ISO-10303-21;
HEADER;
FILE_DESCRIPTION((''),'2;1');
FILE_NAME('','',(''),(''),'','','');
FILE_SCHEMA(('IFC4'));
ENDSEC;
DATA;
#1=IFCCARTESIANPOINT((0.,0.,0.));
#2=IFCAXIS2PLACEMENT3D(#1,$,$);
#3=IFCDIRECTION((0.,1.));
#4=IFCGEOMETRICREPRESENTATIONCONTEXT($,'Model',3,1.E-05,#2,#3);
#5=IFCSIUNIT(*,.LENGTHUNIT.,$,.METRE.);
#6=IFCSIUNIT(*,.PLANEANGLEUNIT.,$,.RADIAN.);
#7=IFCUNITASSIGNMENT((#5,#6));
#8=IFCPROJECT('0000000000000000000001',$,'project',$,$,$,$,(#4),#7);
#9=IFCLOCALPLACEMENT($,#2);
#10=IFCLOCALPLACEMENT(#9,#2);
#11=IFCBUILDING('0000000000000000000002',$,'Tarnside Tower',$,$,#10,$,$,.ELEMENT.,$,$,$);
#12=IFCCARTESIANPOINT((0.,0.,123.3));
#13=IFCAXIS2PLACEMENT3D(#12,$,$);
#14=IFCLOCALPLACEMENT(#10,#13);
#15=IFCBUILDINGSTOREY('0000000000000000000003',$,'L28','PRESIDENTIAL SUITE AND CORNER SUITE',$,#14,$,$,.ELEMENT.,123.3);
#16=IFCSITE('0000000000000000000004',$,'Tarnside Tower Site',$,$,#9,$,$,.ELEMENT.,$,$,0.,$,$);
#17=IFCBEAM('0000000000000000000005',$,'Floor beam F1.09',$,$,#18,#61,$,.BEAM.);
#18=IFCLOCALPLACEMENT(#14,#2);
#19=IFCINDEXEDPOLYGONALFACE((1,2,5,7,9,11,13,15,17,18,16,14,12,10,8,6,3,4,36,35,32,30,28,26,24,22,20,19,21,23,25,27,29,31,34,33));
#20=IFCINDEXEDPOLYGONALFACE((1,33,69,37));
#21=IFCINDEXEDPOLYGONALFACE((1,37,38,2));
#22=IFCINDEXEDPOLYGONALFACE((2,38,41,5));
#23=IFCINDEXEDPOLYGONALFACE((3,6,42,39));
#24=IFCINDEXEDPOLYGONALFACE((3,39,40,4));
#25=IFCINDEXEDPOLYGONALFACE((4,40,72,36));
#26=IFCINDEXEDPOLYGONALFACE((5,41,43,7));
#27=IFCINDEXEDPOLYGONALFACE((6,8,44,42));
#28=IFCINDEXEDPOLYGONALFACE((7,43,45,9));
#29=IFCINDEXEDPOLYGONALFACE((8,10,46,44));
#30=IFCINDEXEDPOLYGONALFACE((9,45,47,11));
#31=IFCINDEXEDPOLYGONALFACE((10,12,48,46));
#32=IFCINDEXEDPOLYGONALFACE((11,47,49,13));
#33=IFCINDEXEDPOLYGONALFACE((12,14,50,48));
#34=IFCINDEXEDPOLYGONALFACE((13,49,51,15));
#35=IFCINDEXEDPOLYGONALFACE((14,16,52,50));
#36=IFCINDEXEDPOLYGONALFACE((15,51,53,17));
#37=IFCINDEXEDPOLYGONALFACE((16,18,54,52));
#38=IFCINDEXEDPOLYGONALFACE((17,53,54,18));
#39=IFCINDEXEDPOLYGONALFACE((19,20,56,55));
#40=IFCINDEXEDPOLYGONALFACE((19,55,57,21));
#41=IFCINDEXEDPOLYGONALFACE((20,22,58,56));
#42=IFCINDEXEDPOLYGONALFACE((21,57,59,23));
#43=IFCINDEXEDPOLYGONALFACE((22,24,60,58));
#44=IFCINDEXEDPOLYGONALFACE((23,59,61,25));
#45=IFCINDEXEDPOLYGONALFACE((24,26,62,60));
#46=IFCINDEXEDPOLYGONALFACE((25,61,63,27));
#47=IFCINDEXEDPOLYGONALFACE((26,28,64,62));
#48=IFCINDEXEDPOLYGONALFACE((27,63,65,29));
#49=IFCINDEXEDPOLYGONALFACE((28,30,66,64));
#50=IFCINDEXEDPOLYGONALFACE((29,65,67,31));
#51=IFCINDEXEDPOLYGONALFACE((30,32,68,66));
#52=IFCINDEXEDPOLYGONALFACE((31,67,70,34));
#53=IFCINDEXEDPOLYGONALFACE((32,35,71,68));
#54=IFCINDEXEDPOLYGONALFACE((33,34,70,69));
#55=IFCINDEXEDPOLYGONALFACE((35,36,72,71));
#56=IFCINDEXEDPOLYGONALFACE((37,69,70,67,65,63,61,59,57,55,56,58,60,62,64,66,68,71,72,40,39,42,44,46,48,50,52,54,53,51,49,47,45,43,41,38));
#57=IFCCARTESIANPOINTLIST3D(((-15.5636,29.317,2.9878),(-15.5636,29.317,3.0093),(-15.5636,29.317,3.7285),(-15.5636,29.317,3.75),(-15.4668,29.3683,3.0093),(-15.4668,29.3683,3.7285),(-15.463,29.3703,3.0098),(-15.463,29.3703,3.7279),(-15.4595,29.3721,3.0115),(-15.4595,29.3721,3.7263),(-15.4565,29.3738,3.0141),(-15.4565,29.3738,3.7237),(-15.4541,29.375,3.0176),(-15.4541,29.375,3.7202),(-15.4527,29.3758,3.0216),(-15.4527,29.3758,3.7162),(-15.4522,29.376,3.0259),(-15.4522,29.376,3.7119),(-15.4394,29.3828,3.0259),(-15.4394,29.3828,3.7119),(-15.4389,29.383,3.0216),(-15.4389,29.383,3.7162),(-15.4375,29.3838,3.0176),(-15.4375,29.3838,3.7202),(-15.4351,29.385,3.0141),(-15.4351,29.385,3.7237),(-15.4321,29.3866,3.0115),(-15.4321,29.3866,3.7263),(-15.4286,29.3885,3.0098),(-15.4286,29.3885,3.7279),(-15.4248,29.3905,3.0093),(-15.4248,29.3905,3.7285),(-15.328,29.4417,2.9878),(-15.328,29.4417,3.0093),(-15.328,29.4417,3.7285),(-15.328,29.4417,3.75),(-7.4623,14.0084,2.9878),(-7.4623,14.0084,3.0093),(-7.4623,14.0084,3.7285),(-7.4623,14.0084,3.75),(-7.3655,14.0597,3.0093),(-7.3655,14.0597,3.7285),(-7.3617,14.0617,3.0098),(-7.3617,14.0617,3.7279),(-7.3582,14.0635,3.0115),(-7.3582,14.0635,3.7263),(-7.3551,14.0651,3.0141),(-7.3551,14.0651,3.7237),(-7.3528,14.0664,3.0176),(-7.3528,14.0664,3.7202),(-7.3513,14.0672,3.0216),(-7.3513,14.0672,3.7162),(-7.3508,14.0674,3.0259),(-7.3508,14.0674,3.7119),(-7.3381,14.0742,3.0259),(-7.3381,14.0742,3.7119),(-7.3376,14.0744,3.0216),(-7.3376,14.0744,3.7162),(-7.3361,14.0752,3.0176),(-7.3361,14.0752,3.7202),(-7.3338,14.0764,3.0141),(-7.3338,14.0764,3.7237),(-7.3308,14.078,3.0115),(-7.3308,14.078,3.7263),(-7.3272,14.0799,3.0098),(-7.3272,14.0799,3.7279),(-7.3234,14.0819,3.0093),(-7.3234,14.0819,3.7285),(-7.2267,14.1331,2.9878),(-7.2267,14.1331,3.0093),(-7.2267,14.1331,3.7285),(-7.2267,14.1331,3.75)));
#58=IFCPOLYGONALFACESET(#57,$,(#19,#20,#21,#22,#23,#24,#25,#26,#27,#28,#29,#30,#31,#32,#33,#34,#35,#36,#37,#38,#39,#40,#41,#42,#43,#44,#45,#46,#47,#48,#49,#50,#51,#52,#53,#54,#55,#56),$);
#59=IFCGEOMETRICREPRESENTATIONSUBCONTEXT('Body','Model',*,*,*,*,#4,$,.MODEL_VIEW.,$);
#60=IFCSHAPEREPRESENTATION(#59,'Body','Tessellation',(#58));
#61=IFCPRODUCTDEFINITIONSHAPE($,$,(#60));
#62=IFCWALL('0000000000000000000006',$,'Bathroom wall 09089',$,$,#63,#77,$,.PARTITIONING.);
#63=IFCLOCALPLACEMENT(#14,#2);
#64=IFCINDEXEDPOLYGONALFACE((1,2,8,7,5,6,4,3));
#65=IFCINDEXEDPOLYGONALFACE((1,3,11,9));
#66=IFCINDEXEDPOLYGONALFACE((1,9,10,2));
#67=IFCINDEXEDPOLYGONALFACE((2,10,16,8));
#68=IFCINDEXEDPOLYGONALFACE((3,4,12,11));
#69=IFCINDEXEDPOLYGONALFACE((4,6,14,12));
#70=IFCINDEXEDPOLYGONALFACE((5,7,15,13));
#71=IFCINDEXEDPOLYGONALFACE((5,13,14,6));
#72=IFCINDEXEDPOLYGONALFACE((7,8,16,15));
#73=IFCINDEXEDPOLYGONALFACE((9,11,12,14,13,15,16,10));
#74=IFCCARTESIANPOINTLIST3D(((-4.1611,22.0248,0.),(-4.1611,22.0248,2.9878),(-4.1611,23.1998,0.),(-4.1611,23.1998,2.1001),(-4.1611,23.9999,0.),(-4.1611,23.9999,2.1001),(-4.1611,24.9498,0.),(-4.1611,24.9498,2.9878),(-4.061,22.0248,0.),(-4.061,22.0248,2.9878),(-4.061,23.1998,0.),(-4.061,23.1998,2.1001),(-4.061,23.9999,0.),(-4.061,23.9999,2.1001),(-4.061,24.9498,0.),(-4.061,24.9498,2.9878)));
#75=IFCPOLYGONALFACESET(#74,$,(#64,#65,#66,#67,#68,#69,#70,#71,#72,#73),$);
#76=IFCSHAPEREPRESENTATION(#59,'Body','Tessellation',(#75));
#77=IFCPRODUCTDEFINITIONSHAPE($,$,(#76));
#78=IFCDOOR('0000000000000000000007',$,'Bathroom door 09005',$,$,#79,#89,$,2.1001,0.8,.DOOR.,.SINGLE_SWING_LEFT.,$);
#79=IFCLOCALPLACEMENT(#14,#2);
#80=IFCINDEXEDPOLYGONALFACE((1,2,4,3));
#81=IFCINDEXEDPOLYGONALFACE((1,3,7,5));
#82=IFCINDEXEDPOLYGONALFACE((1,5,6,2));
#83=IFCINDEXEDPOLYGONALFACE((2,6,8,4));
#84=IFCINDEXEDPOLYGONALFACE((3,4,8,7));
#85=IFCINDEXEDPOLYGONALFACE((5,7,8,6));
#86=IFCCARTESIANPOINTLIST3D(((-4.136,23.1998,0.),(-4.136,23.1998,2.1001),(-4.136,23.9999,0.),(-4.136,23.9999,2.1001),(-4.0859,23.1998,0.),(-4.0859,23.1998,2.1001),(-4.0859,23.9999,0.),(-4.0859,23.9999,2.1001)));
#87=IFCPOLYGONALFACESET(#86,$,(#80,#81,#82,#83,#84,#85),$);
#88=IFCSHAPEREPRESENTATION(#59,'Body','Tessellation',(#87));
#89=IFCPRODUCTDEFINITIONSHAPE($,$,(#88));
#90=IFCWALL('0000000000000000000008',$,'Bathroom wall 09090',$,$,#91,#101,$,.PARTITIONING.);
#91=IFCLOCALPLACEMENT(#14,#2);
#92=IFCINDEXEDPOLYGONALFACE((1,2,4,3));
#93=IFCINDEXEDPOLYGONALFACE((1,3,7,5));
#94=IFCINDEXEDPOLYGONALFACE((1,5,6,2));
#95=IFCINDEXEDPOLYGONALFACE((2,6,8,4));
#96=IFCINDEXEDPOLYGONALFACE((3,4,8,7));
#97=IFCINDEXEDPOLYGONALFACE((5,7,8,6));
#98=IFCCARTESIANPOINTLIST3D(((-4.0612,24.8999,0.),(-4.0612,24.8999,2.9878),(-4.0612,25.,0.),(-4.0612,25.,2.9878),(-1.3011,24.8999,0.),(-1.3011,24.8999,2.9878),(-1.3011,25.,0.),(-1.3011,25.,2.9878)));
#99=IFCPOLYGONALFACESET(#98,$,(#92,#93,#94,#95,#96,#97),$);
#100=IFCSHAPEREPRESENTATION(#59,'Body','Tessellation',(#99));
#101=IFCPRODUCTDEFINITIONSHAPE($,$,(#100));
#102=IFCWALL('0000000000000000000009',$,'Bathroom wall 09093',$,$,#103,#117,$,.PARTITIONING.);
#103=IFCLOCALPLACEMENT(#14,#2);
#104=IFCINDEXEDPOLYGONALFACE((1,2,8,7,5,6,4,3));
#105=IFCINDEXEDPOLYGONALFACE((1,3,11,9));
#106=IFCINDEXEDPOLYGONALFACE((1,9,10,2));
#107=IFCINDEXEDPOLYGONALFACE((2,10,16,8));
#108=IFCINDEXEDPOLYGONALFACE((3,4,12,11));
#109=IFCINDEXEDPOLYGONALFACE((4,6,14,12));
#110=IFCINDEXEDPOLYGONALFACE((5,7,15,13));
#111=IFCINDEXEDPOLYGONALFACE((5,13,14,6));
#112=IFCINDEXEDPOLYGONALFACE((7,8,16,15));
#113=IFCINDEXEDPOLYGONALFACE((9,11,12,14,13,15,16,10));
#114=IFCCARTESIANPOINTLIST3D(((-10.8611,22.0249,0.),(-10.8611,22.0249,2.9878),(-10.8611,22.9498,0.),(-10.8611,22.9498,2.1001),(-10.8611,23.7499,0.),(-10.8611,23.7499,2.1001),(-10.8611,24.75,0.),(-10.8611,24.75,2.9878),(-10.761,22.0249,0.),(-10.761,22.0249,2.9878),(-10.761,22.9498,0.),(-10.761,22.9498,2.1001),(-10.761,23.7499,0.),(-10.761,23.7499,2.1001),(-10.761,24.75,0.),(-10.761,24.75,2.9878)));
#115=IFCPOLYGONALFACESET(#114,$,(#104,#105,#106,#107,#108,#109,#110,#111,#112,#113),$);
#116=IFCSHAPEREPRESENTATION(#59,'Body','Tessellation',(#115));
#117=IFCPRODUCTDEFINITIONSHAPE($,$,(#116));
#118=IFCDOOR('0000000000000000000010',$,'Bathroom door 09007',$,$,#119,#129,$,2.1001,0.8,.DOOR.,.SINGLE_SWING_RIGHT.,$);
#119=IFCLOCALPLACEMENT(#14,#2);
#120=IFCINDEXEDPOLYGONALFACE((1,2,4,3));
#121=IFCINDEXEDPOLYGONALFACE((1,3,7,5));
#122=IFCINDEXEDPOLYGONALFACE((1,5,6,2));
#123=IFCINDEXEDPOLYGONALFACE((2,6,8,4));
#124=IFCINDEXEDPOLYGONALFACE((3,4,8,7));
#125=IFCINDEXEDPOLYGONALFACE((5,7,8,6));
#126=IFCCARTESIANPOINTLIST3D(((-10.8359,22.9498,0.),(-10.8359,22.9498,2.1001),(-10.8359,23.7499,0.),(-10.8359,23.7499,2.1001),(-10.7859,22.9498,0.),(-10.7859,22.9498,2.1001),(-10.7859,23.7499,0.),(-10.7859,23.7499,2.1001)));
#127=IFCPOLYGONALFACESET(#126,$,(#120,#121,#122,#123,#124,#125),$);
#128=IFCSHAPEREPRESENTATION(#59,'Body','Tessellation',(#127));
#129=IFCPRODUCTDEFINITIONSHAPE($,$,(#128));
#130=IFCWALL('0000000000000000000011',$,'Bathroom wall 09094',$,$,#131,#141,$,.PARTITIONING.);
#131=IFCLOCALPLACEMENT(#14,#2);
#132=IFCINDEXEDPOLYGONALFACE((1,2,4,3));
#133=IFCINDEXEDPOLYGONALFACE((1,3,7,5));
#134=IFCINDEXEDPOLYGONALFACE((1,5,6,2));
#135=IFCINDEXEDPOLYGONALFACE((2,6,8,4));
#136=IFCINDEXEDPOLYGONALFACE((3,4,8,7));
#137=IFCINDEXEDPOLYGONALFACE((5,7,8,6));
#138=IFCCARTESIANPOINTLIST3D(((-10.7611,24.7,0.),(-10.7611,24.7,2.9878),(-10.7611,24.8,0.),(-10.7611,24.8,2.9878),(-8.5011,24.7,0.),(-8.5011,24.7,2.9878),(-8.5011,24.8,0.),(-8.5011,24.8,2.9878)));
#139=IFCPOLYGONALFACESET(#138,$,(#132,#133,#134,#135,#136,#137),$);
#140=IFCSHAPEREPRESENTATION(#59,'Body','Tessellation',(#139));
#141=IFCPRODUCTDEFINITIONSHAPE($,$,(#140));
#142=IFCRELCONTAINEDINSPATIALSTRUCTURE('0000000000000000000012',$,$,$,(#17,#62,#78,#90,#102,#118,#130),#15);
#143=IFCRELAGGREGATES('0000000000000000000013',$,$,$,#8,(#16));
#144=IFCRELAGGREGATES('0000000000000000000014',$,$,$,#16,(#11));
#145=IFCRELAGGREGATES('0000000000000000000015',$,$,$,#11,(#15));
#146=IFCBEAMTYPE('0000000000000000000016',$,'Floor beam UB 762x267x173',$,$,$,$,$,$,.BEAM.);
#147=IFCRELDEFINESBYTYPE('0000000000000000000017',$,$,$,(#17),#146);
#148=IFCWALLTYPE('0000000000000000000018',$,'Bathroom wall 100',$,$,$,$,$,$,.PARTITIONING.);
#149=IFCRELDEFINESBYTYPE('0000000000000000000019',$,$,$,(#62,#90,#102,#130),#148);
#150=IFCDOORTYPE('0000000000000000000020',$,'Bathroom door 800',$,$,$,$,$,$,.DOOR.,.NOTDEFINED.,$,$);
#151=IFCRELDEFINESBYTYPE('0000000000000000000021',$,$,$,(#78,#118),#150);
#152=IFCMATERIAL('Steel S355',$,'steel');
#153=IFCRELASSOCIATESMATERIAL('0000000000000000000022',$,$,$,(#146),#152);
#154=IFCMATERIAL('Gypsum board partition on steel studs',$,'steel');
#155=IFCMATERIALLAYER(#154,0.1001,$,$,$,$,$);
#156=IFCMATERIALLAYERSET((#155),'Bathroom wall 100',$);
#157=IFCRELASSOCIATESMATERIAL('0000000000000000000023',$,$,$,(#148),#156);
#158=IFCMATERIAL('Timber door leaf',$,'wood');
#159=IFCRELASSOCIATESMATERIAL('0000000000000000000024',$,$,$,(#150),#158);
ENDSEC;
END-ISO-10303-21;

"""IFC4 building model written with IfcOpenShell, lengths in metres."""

from ifc_helpers import new_model, si_unit, direction, frame, frame_2d, origin, origin_2d, place, context, subcontext, project, spatial, rectangle, i_section, extrude, material, layer, layer_set, material_profile, profile_set, type_object, element, fill, save


model = new_model("IFC4")

# Units and contexts
model_context = context("Model", 3, precision=1e-05, world=origin(), true_north=direction((0.0, 1.0)))
body_context = subcontext(model_context, "Body", "Model", "MODEL_VIEW")
ifc_project = project(units=[si_unit("LENGTHUNIT", "METRE"), si_unit("PLANEANGLEUNIT", "RADIAN")], contexts=[model_context])

# Site, building, storey
site_placement = place(None, origin())
site = spatial("IfcSite", under=ifc_project, at=site_placement, Name="Tarnside Tower Site", CompositionType="ELEMENT", RefElevation=0.0)
building_placement = place(site_placement, origin())
building = spatial("IfcBuilding", under=site, at=building_placement, Name="Tarnside Tower", CompositionType="ELEMENT")
storey_placement = place(building_placement, frame((0.0, 0.0, 123.3)))
storey = spatial("IfcBuildingStorey", under=building, at=storey_placement, Name="L28", Description="PRESIDENTIAL SUITE AND CORNER SUITE", CompositionType="ELEMENT", Elevation=123.3)

# Beam
ifc_material_1 = material(Name="Steel S355", Category="steel")
ifc_material_profile_1 = material_profile(ifc_material_1, i_section(OverallWidth=0.2666, OverallDepth=0.7622, WebThickness=0.0144, FlangeThickness=0.0215, FilletRadius=0.0166, at=origin_2d()), Name="UB 762x267x173")
ifc_profile_set_1 = profile_set([ifc_material_profile_1], Name="Steel S355")
beam_type_1 = type_object("IfcBeamType", Name="Floor beam UB 762x267x173", PredefinedType="BEAM", material=ifc_profile_set_1)
beam_1_placement = place(storey_placement, frame((-15.4458, 29.3794, 3.3689), z_axis=(0.467742, -0.883865, 0.0), x_axis=(0.883865, 0.467742, 0.0)))
element("IfcBeam", 1, at=beam_1_placement, inside=storey, type_object=beam_type_1, Name="Floor beam F1.09", PredefinedType="BEAM", context=body_context, shape_type="SweptSolid", body=[
    extrude(i_section(OverallWidth=0.2666, OverallDepth=0.7622, WebThickness=0.0144, FlangeThickness=0.0215, FilletRadius=0.0166, at=origin_2d()), origin(), (0.0, 0.0, 1.0), 17.3201),
])

# Wall, opening, door
ifc_material_2 = material(Name="Gypsum board partition on steel studs", Category="steel")
ifc_layer_1 = layer(ifc_material_2, 0.1001)
ifc_layer_set_1 = layer_set([ifc_layer_1], Name="Bathroom wall 100")
wall_type_1 = type_object("IfcWallType", Name="Bathroom wall 100", PredefinedType="PARTITIONING", material=ifc_layer_set_1)
wall_1_placement = place(storey_placement, frame((-4.1111, 22.0249, 0.0), z_axis=(0.0, 0.0, 1.0), x_axis=(0.0, 1.0, 0.0)))
wall_1 = element("IfcWall", 2, at=wall_1_placement, inside=storey, type_object=wall_type_1, Name="Bathroom wall 09089", PredefinedType="PARTITIONING", context=body_context, shape_type="SweptSolid", body=[
    extrude(rectangle(XDim=2.925, YDim=0.1001, at=frame_2d((1.4624, 0.0))), origin(), (0.0, 0.0, 1.0), 2.9878),
])
opening_1_placement = place(wall_1_placement, frame((1.175, 0.0, 0.0)))
opening_1 = element("IfcOpeningElement", 3, at=opening_1_placement, cuts=wall_1, PredefinedType="OPENING", context=body_context, shape_type="SweptSolid", body=[
    extrude(rectangle(XDim=0.8, YDim=2.1001, at=frame_2d((0.3999, 1.05))), frame((0.0, 0.0601, 0.0), z_axis=(0.0, -1.0, 0.0), x_axis=(1.0, 0.0, 0.0)), (0.0, 0.0, 1.0), 0.1201),
])
ifc_material_3 = material(Name="Timber door leaf", Category="wood")
door_type_1 = type_object("IfcDoorType", Name="Bathroom door 800", OperationType="NOTDEFINED", PredefinedType="DOOR", material=ifc_material_3)
door_1_placement = place(opening_1_placement, origin())
door_1 = element("IfcDoor", 4, at=door_1_placement, inside=storey, type_object=door_type_1, Name="Bathroom door 09005", OperationType="SINGLE_SWING_LEFT", OverallHeight=2.1001, OverallWidth=0.8, PredefinedType="DOOR", context=body_context, shape_type="SweptSolid", body=[
    extrude(rectangle(XDim=0.8, YDim=2.1001, at=frame_2d((0.3999, 1.05))), frame((0.0, 0.0249, 0.0), z_axis=(0.0, -1.0, 0.0), x_axis=(1.0, 0.0, 0.0)), (0.0, 0.0, 1.0), 0.05),
])
fill(opening_1, door_1)

# Wall
wall_2_placement = place(storey_placement, frame((-4.061, 24.95, 0.0), z_axis=(0.0, 0.0, 1.0), x_axis=(1.0, 0.0, 0.0)))
element("IfcWall", 5, at=wall_2_placement, inside=storey, type_object=wall_type_1, Name="Bathroom wall 09090", PredefinedType="PARTITIONING", context=body_context, shape_type="SweptSolid", body=[
    extrude(rectangle(XDim=2.76, YDim=0.1001, at=frame_2d((1.3799, 0.0))), origin(), (0.0, 0.0, 1.0), 2.9878),
])

# Wall, opening, door
wall_3_placement = place(storey_placement, frame((-10.811, 22.0249, 0.0), z_axis=(0.0, 0.0, 1.0), x_axis=(0.0, 1.0, 0.0)))
wall_3 = element("IfcWall", 6, at=wall_3_placement, inside=storey, type_object=wall_type_1, Name="Bathroom wall 09093", PredefinedType="PARTITIONING", context=body_context, shape_type="SweptSolid", body=[
    extrude(rectangle(XDim=2.7251, YDim=0.1001, at=frame_2d((1.3625, 0.0))), origin(), (0.0, 0.0, 1.0), 2.9878),
])
opening_2_placement = place(wall_3_placement, frame((0.925, 0.0, 0.0)))
opening_2 = element("IfcOpeningElement", 7, at=opening_2_placement, cuts=wall_3, PredefinedType="OPENING", context=body_context, shape_type="SweptSolid", body=[
    extrude(rectangle(XDim=0.8, YDim=2.1001, at=frame_2d((0.3999, 1.05))), frame((0.0, 0.0601, 0.0), z_axis=(0.0, -1.0, 0.0), x_axis=(1.0, 0.0, 0.0)), (0.0, 0.0, 1.0), 0.1201),
])
door_2_placement = place(opening_2_placement, origin())
door_2 = element("IfcDoor", 8, at=door_2_placement, inside=storey, type_object=door_type_1, Name="Bathroom door 09007", OperationType="SINGLE_SWING_RIGHT", OverallHeight=2.1001, OverallWidth=0.8, PredefinedType="DOOR", context=body_context, shape_type="SweptSolid", body=[
    extrude(rectangle(XDim=0.8, YDim=2.1001, at=frame_2d((0.3999, 1.05))), frame((0.0, 0.0249, 0.0), z_axis=(0.0, -1.0, 0.0), x_axis=(1.0, 0.0, 0.0)), (0.0, 0.0, 1.0), 0.05),
])
fill(opening_2, door_2)

# Wall
wall_4_placement = place(storey_placement, frame((-10.761, 24.75, 0.0), z_axis=(0.0, 0.0, 1.0), x_axis=(1.0, 0.0, 0.0)))
element("IfcWall", 9, at=wall_4_placement, inside=storey, type_object=wall_type_1, Name="Bathroom wall 09094", PredefinedType="PARTITIONING", context=body_context, shape_type="SweptSolid", body=[
    extrude(rectangle(XDim=2.26, YDim=0.1001, at=frame_2d((1.1299, 0.0))), origin(), (0.0, 0.0, 1.0), 2.9878),
])

save(model, "model.ifc")
